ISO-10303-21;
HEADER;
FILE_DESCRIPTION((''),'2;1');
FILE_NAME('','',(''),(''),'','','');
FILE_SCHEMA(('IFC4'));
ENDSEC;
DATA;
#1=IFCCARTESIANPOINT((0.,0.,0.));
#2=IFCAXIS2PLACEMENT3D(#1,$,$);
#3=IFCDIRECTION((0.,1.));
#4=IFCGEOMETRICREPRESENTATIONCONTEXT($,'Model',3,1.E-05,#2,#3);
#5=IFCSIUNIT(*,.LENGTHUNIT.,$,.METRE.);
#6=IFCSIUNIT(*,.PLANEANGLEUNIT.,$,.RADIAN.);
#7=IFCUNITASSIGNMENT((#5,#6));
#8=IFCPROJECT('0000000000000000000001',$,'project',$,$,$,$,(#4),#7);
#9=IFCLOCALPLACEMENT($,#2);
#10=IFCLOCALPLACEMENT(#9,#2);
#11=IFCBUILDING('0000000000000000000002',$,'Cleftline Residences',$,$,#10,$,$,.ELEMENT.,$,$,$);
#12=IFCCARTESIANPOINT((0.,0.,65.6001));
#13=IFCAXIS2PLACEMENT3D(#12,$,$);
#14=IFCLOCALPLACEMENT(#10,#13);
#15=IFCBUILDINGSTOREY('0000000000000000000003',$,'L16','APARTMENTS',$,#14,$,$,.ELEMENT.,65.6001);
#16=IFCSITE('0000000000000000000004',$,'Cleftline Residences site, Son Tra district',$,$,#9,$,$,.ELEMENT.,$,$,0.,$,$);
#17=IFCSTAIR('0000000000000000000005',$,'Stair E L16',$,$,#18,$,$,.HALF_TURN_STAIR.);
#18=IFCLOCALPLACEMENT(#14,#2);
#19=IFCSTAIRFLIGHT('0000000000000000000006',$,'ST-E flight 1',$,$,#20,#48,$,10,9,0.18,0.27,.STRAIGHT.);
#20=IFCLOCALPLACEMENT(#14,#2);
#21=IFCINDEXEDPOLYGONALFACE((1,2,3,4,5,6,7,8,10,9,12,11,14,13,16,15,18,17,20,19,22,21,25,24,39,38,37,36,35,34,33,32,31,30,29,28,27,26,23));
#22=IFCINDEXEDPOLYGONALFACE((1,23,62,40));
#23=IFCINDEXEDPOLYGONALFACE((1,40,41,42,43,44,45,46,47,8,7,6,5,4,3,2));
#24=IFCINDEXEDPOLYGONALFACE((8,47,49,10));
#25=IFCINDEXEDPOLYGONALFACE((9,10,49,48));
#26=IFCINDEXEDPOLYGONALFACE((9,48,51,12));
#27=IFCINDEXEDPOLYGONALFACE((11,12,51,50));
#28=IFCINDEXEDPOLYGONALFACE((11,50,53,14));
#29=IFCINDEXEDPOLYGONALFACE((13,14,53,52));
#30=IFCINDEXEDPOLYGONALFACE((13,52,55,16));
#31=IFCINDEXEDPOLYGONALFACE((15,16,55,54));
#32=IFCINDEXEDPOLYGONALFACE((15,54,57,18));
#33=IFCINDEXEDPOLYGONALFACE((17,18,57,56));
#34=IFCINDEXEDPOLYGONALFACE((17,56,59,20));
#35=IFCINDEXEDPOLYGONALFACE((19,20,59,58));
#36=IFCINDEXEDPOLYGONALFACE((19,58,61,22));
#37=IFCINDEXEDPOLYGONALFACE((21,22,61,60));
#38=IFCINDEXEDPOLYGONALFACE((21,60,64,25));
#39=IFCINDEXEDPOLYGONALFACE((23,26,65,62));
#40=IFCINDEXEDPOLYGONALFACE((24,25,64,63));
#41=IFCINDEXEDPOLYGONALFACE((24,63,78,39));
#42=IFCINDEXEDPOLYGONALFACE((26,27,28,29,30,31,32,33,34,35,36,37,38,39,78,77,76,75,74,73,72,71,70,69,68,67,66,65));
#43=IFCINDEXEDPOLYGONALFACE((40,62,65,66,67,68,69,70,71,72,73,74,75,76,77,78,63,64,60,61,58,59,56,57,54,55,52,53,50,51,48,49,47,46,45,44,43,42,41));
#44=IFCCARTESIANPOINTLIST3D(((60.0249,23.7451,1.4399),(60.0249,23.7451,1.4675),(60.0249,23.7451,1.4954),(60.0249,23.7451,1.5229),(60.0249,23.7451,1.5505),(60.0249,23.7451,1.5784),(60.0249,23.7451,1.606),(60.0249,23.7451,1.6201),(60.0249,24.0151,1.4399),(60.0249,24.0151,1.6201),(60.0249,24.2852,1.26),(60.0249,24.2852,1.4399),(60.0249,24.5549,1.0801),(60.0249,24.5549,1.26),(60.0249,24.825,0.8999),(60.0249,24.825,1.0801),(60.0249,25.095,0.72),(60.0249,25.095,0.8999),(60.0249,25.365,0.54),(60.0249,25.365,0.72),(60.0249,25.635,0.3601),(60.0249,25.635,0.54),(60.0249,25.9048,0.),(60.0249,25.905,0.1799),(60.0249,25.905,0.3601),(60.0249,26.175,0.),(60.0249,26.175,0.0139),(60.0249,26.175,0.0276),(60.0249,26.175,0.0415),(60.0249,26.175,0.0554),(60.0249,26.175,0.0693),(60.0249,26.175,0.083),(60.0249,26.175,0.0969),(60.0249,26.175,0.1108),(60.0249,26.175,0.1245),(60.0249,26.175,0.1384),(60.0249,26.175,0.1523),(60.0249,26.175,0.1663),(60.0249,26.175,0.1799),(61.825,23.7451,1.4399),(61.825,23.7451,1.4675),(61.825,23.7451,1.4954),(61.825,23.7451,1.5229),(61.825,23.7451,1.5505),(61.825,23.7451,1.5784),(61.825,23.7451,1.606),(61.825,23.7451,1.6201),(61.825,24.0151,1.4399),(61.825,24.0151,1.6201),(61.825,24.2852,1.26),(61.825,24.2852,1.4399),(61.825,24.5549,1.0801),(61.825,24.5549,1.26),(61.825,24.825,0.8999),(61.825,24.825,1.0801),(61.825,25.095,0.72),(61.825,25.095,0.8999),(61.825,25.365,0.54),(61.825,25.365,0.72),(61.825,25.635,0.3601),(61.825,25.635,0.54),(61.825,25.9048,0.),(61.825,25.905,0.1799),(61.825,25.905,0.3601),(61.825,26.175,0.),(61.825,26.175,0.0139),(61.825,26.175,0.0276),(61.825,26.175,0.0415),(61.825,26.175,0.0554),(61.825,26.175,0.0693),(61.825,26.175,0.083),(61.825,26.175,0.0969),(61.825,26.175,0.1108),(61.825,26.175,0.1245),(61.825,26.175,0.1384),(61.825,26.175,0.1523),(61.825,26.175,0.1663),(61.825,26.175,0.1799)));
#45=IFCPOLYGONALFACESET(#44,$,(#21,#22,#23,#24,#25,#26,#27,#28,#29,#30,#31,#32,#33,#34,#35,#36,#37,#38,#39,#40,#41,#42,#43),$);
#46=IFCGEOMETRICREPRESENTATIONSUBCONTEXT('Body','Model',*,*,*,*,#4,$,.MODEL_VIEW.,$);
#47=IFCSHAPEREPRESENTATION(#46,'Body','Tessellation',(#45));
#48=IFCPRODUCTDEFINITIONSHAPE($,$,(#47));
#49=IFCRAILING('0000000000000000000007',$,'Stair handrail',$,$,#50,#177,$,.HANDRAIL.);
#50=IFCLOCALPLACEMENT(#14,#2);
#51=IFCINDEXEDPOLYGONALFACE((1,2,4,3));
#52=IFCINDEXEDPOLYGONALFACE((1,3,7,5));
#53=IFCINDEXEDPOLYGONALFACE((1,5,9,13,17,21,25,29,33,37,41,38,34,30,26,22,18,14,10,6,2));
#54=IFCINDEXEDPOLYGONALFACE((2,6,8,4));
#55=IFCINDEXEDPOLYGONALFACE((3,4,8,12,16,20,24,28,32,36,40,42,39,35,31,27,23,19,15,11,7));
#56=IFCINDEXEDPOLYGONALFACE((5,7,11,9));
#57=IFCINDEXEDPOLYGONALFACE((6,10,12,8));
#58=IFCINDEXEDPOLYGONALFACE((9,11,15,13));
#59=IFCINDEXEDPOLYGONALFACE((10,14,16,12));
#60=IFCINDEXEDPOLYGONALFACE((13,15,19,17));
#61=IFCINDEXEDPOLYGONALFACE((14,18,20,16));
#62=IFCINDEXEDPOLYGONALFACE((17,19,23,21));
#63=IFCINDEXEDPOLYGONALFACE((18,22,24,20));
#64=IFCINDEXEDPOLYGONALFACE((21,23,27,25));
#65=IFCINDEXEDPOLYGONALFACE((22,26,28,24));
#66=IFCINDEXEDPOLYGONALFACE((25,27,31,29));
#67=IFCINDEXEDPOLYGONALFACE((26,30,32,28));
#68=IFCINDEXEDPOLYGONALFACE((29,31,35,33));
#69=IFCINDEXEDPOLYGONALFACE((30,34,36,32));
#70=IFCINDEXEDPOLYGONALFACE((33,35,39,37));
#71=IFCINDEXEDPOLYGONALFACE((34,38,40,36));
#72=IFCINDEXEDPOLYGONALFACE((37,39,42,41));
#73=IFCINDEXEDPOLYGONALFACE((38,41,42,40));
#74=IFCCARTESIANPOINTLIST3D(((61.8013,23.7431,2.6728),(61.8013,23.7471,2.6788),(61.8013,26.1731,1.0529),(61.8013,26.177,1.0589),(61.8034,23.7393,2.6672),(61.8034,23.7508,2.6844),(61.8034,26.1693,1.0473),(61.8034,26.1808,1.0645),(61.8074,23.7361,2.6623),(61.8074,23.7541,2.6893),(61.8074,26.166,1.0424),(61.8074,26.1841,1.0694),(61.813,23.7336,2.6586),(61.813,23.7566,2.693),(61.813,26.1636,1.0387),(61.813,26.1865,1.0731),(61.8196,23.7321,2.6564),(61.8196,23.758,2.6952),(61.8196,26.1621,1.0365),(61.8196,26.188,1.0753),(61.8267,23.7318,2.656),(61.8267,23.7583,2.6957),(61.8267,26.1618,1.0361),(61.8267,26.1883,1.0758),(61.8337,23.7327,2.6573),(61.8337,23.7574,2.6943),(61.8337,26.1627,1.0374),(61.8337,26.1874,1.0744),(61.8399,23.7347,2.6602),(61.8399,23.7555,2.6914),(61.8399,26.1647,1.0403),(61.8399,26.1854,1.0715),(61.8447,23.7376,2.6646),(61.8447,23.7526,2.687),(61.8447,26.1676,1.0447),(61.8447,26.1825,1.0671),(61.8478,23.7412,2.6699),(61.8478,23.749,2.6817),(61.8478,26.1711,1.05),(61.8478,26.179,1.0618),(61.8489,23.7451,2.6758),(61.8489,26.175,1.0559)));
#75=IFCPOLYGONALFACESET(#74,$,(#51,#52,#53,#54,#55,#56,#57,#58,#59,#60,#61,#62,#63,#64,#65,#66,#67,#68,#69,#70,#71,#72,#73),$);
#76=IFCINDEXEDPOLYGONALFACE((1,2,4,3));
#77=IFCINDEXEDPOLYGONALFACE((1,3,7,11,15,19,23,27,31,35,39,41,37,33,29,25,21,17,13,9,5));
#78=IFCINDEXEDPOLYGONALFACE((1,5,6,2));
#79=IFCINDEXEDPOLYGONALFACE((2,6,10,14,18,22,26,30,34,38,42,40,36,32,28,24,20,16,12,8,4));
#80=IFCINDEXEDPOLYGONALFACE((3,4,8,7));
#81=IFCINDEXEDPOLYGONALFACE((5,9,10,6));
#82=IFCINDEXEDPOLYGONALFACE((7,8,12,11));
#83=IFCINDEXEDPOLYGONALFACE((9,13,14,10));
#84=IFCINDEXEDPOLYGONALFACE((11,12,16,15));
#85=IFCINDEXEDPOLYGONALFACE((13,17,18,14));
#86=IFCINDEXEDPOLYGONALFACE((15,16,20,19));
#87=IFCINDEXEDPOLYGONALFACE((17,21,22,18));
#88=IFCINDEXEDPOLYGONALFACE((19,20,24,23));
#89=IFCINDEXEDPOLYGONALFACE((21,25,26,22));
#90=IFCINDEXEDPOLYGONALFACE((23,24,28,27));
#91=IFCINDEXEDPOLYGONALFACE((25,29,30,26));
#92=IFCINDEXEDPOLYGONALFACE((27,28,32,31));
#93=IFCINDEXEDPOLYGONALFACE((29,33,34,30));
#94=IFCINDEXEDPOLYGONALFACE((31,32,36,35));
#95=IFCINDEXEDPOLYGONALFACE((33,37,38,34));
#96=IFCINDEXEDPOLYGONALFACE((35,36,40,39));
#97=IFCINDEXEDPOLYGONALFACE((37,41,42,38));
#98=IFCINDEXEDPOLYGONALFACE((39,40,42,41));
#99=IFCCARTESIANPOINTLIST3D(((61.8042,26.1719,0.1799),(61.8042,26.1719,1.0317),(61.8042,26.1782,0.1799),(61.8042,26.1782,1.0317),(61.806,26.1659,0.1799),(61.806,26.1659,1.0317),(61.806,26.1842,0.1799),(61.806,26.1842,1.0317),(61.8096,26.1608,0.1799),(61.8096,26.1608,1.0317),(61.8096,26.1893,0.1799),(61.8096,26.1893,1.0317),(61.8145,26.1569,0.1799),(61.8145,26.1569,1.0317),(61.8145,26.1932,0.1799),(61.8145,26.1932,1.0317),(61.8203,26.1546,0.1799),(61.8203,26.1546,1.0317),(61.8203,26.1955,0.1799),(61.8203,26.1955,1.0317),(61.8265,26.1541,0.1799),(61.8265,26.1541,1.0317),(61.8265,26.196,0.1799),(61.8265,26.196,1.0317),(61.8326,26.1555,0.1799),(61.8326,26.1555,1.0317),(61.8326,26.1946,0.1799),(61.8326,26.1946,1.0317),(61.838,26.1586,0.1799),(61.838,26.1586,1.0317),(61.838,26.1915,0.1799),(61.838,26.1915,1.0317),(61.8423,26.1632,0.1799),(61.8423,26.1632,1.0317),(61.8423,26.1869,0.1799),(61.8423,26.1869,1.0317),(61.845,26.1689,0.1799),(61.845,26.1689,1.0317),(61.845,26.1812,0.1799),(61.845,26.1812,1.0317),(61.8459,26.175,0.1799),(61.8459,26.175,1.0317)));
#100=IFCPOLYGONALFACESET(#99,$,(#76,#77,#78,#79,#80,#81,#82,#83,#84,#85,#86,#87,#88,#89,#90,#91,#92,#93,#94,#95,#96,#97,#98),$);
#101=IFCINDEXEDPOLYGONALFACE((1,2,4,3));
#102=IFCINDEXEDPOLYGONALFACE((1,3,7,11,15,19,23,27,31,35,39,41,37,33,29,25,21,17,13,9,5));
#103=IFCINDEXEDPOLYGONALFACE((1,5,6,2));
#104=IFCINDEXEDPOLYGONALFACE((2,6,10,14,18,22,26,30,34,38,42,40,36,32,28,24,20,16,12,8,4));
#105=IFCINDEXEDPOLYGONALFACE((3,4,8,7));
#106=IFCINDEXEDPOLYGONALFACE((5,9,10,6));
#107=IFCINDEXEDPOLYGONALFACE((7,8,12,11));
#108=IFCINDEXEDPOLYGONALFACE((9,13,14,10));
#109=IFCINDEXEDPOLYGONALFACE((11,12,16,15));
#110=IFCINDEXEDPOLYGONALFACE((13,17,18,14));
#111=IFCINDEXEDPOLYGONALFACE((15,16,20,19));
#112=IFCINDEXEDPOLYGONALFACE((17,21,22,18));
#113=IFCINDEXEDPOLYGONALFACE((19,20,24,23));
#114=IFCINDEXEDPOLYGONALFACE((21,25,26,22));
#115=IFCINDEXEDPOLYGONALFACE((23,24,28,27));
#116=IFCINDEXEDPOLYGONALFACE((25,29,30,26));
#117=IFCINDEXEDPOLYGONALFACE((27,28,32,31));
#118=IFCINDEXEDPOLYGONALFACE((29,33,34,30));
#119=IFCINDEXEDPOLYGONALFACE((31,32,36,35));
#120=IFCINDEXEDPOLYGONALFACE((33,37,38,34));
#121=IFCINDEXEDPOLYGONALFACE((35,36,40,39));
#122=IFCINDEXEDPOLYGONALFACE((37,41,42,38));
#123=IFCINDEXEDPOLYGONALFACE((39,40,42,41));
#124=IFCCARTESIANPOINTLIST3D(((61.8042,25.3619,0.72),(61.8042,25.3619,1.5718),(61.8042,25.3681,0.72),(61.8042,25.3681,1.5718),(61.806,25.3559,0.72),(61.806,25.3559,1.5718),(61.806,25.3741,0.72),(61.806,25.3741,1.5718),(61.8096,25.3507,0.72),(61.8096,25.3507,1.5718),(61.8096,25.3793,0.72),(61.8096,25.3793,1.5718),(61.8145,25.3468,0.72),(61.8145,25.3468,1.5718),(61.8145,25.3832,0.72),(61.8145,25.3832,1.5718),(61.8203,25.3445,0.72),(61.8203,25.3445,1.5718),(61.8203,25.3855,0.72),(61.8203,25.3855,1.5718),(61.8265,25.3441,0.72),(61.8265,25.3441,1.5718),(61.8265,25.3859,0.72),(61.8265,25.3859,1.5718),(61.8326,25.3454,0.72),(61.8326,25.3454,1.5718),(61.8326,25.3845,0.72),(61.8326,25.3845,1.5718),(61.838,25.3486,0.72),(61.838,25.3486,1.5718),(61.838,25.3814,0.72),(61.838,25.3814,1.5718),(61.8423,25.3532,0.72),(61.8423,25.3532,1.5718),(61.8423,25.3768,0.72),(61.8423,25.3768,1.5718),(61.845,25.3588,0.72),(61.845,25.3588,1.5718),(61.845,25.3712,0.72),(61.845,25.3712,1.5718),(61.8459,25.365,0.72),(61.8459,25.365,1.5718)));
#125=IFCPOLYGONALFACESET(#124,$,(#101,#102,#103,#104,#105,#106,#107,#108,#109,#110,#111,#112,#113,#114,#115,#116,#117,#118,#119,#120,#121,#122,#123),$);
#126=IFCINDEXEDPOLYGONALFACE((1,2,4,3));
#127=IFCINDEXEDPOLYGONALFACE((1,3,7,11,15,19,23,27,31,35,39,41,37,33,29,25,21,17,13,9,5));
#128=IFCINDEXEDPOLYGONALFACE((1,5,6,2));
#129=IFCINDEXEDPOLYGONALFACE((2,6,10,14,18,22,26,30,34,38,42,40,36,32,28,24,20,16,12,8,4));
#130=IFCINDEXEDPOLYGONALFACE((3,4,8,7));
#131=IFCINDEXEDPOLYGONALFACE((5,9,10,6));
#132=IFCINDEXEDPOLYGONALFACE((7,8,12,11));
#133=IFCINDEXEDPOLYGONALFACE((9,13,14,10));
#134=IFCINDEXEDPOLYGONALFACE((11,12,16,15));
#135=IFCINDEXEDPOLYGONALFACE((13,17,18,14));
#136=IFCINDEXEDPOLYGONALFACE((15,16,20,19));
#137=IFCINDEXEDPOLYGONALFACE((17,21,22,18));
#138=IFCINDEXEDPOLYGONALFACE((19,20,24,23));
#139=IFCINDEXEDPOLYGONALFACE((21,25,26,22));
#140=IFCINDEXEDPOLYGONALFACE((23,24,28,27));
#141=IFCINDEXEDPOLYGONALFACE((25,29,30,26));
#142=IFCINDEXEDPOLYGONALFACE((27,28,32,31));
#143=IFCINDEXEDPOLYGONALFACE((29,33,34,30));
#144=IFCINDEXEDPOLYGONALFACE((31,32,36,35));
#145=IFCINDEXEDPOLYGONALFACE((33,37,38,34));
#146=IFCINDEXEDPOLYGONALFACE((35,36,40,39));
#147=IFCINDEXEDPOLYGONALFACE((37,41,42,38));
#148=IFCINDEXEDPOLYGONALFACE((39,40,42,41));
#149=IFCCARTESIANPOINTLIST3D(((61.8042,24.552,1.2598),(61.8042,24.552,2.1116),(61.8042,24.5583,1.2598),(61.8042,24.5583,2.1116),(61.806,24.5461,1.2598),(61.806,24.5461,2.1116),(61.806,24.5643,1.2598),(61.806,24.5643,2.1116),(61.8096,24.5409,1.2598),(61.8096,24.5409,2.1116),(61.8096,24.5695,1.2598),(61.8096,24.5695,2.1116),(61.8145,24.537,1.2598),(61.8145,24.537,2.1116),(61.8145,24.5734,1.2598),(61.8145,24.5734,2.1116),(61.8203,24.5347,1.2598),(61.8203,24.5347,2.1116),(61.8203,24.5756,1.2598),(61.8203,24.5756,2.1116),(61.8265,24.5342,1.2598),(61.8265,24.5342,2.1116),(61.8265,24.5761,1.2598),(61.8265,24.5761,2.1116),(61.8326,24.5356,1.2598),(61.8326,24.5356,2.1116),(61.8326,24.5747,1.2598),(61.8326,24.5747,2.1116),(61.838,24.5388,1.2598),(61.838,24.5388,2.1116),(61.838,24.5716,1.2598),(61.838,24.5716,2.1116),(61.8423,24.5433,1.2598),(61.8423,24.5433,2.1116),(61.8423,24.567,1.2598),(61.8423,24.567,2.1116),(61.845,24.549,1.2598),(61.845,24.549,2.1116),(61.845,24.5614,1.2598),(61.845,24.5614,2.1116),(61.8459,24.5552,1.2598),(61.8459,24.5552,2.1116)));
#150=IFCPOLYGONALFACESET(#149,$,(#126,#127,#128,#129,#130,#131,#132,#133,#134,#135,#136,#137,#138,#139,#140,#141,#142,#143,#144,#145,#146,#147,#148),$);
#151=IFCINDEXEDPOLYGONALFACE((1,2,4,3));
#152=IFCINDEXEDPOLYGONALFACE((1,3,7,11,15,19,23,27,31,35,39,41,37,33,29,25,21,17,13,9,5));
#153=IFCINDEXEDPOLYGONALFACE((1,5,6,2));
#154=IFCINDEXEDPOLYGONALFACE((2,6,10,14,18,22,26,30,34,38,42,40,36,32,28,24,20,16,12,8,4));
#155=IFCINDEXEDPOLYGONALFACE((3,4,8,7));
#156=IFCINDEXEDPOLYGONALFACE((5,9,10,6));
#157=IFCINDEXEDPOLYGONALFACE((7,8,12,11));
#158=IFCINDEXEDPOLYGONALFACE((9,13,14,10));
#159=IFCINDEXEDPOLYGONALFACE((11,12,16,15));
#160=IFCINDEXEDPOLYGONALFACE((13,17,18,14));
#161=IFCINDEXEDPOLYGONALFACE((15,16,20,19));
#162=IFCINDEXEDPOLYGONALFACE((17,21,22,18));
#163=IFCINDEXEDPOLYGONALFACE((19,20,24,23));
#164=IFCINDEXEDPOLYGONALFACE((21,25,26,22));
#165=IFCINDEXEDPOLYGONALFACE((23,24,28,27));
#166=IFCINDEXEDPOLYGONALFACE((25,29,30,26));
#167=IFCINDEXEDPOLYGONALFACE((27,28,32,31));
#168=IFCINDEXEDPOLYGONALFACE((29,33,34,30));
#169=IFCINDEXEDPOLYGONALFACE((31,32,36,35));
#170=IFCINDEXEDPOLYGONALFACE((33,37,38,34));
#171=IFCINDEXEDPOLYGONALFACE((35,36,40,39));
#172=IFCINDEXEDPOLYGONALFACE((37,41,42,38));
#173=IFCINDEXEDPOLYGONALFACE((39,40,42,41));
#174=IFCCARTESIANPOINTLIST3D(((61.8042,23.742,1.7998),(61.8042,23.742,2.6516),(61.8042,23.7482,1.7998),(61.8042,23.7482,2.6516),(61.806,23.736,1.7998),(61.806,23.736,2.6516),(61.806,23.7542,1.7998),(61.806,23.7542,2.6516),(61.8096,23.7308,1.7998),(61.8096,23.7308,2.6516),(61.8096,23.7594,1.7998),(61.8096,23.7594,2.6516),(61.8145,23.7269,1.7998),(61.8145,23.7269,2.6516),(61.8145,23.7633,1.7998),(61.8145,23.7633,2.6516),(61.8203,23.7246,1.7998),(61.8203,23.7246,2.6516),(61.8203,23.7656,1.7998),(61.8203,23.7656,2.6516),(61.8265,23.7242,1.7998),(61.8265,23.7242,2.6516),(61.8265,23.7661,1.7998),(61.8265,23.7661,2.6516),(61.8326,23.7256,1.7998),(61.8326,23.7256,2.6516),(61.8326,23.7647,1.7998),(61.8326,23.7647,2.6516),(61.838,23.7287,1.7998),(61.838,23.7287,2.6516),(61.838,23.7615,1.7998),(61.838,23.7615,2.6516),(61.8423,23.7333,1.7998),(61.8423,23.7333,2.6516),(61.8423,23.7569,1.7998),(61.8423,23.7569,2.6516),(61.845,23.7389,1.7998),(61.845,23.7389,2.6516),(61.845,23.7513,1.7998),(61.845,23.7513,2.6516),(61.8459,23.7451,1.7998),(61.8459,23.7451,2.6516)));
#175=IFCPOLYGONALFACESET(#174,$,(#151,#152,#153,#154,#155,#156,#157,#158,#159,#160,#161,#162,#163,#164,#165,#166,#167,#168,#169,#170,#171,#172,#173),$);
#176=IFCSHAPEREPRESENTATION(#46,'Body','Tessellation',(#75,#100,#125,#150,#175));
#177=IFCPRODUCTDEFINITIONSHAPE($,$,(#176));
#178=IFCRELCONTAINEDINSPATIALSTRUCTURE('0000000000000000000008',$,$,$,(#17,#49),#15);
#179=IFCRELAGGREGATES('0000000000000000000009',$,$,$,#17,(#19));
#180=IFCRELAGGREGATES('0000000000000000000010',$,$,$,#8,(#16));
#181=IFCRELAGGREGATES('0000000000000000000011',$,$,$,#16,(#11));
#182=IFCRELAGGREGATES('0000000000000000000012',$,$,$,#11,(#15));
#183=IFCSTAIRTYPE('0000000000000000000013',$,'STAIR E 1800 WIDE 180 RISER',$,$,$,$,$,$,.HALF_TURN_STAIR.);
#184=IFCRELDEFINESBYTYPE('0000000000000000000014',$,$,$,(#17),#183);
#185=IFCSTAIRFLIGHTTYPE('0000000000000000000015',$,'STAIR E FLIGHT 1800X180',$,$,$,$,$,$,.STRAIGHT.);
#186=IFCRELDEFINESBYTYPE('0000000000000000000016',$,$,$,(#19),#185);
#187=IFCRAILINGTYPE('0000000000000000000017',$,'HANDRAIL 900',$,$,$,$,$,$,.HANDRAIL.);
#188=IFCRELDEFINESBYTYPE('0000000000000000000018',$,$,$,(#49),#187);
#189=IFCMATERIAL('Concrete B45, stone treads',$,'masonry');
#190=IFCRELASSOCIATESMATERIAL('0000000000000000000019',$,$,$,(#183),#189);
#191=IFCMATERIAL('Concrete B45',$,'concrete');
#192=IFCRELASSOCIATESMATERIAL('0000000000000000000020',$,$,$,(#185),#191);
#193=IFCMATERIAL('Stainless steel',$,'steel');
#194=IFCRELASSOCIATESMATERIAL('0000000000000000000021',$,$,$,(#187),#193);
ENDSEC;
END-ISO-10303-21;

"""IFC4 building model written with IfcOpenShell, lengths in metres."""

from ifc_helpers import new_model, si_unit, direction, frame, origin, origin_2d, place, context, subcontext, project, spatial, polyline, circle, outline, extrude, material, type_object, element, aggregate, save


model = new_model("IFC4")

# Units and contexts
model_context = context("Model", 3, precision=1e-05, world=origin(), true_north=direction((0.0, 1.0)))
body_context = subcontext(model_context, "Body", "Model", "MODEL_VIEW")
ifc_project = project(units=[si_unit("LENGTHUNIT", "METRE"), si_unit("PLANEANGLEUNIT", "RADIAN")], contexts=[model_context])

# Site, building, storey
site_placement = place(None, origin())
site = spatial("IfcSite", under=ifc_project, at=site_placement, Name="Cleftline Residences site, Son Tra district", CompositionType="ELEMENT", RefElevation=0.0)
building_placement = place(site_placement, origin())
building = spatial("IfcBuilding", under=site, at=building_placement, Name="Cleftline Residences", CompositionType="ELEMENT")
storey_placement = place(building_placement, frame((0.0, 0.0, 65.6001)))
storey = spatial("IfcBuildingStorey", under=building, at=storey_placement, Name="L16", Description="APARTMENTS", CompositionType="ELEMENT", Elevation=65.6001)

# Stair, stair flight
ifc_material_1 = material(Name="Concrete B45, stone treads", Category="masonry")
stair_type = type_object("IfcStairType", Name="STAIR E 1800 WIDE 180 RISER", PredefinedType="HALF_TURN_STAIR", material=ifc_material_1)
stair_placement = place(storey_placement, origin())
stair = element("IfcStair", 1, at=stair_placement, inside=storey, type_object=stair_type, Name="Stair E L16", PredefinedType="HALF_TURN_STAIR")
ifc_material_2 = material(Name="Concrete B45", Category="concrete")
stair_flight_type = type_object("IfcStairFlightType", Name="STAIR E FLIGHT 1800X180", PredefinedType="STRAIGHT", material=ifc_material_2)
stair_flight_placement = place(storey_placement, frame((60.925, 26.175, 0.0), z_axis=(0.0, 0.0, 1.0), x_axis=(0.0, -1.0, 0.0)))
stair_flight = element("IfcStairFlight", 2, at=stair_flight_placement, type_object=stair_flight_type, Name="ST-E flight 1", NumberOfRisers=10, NumberOfTreads=9, PredefinedType="STRAIGHT", RiserHeight=0.18, TreadLength=0.27, context=body_context, shape_type="SweptSolid", body=[
    extrude(outline(polyline([(0.0, 0.0), (0.0, 0.0139), (0.0, 0.0276), (0.0, 0.0415), (0.0, 0.0554), (0.0, 0.0693), (0.0, 0.083), (0.0, 0.0969), (0.0, 0.1108), (0.0, 0.1245), (0.0, 0.1384), (0.0, 0.1523), (0.0, 0.1663), (0.0, 0.1799), (0.27, 0.1799), (0.27, 0.3601), (0.54, 0.3601), (0.54, 0.54), (0.8101, 0.54), (0.8101, 0.72), (1.0801, 0.72), (1.0801, 0.8999), (1.3501, 0.8999), (1.3501, 1.0801), (1.6201, 1.0801), (1.6201, 1.26), (1.8899, 1.26), (1.8899, 1.4399), (2.1599, 1.4399), (2.1599, 1.6201), (2.4299, 1.6201), (2.4299, 1.8), (2.4299, 1.7722), (2.4299, 1.7446), (2.4299, 1.7168), (2.4299, 1.6892), (2.4299, 1.6614), (2.4299, 1.6338), (2.4299, 1.606), (2.4299, 1.5784), (2.4299, 1.5505), (2.4299, 1.5229), (2.4299, 1.4954), (2.4299, 1.4675), (2.4299, 1.4399), (0.2703, 0.0), (0.0, 0.0)])), frame((0.0, 0.8999, 0.0), z_axis=(0.0, -1.0, 0.0), x_axis=(1.0, 0.0, 0.0)), (0.0, 0.0, 1.0), 1.8),
])
aggregate(stair, [stair_flight])

# Railing
ifc_material_3 = material(Name="Stainless steel", Category="steel")
railing_type = type_object("IfcRailingType", Name="HANDRAIL 900", PredefinedType="HANDRAIL", material=ifc_material_3)
railing_placement = place(storey_placement, frame((61.825, 26.175, 0.1799)))
element("IfcRailing", 3, at=railing_placement, inside=storey, type_object=railing_type, Name="Stair handrail", PredefinedType="HANDRAIL", context=body_context, shape_type="SweptSolid", body=[
    extrude(circle(Radius=0.0239, at=origin_2d()), frame((0.0, 0.0, 0.876), z_axis=(0.0, -0.832063, 0.554681), x_axis=(1.0, 0.0, 0.0)), (0.0, 0.0, 1.0), 2.9204),
    extrude(circle(Radius=0.021, at=origin_2d()), origin(), (0.0, 0.0, 1.0), 0.8518),
    extrude(circle(Radius=0.021, at=origin_2d()), frame((0.0, -0.8101, 0.54)), (0.0, 0.0, 1.0), 0.8518),
    extrude(circle(Radius=0.021, at=origin_2d()), frame((0.0, -1.6199, 1.0798)), (0.0, 0.0, 1.0), 0.8518),
    extrude(circle(Radius=0.021, at=origin_2d()), frame((0.0, -2.4299, 1.6199)), (0.0, 0.0, 1.0), 0.8518),
])

save(model, "model.ifc")
